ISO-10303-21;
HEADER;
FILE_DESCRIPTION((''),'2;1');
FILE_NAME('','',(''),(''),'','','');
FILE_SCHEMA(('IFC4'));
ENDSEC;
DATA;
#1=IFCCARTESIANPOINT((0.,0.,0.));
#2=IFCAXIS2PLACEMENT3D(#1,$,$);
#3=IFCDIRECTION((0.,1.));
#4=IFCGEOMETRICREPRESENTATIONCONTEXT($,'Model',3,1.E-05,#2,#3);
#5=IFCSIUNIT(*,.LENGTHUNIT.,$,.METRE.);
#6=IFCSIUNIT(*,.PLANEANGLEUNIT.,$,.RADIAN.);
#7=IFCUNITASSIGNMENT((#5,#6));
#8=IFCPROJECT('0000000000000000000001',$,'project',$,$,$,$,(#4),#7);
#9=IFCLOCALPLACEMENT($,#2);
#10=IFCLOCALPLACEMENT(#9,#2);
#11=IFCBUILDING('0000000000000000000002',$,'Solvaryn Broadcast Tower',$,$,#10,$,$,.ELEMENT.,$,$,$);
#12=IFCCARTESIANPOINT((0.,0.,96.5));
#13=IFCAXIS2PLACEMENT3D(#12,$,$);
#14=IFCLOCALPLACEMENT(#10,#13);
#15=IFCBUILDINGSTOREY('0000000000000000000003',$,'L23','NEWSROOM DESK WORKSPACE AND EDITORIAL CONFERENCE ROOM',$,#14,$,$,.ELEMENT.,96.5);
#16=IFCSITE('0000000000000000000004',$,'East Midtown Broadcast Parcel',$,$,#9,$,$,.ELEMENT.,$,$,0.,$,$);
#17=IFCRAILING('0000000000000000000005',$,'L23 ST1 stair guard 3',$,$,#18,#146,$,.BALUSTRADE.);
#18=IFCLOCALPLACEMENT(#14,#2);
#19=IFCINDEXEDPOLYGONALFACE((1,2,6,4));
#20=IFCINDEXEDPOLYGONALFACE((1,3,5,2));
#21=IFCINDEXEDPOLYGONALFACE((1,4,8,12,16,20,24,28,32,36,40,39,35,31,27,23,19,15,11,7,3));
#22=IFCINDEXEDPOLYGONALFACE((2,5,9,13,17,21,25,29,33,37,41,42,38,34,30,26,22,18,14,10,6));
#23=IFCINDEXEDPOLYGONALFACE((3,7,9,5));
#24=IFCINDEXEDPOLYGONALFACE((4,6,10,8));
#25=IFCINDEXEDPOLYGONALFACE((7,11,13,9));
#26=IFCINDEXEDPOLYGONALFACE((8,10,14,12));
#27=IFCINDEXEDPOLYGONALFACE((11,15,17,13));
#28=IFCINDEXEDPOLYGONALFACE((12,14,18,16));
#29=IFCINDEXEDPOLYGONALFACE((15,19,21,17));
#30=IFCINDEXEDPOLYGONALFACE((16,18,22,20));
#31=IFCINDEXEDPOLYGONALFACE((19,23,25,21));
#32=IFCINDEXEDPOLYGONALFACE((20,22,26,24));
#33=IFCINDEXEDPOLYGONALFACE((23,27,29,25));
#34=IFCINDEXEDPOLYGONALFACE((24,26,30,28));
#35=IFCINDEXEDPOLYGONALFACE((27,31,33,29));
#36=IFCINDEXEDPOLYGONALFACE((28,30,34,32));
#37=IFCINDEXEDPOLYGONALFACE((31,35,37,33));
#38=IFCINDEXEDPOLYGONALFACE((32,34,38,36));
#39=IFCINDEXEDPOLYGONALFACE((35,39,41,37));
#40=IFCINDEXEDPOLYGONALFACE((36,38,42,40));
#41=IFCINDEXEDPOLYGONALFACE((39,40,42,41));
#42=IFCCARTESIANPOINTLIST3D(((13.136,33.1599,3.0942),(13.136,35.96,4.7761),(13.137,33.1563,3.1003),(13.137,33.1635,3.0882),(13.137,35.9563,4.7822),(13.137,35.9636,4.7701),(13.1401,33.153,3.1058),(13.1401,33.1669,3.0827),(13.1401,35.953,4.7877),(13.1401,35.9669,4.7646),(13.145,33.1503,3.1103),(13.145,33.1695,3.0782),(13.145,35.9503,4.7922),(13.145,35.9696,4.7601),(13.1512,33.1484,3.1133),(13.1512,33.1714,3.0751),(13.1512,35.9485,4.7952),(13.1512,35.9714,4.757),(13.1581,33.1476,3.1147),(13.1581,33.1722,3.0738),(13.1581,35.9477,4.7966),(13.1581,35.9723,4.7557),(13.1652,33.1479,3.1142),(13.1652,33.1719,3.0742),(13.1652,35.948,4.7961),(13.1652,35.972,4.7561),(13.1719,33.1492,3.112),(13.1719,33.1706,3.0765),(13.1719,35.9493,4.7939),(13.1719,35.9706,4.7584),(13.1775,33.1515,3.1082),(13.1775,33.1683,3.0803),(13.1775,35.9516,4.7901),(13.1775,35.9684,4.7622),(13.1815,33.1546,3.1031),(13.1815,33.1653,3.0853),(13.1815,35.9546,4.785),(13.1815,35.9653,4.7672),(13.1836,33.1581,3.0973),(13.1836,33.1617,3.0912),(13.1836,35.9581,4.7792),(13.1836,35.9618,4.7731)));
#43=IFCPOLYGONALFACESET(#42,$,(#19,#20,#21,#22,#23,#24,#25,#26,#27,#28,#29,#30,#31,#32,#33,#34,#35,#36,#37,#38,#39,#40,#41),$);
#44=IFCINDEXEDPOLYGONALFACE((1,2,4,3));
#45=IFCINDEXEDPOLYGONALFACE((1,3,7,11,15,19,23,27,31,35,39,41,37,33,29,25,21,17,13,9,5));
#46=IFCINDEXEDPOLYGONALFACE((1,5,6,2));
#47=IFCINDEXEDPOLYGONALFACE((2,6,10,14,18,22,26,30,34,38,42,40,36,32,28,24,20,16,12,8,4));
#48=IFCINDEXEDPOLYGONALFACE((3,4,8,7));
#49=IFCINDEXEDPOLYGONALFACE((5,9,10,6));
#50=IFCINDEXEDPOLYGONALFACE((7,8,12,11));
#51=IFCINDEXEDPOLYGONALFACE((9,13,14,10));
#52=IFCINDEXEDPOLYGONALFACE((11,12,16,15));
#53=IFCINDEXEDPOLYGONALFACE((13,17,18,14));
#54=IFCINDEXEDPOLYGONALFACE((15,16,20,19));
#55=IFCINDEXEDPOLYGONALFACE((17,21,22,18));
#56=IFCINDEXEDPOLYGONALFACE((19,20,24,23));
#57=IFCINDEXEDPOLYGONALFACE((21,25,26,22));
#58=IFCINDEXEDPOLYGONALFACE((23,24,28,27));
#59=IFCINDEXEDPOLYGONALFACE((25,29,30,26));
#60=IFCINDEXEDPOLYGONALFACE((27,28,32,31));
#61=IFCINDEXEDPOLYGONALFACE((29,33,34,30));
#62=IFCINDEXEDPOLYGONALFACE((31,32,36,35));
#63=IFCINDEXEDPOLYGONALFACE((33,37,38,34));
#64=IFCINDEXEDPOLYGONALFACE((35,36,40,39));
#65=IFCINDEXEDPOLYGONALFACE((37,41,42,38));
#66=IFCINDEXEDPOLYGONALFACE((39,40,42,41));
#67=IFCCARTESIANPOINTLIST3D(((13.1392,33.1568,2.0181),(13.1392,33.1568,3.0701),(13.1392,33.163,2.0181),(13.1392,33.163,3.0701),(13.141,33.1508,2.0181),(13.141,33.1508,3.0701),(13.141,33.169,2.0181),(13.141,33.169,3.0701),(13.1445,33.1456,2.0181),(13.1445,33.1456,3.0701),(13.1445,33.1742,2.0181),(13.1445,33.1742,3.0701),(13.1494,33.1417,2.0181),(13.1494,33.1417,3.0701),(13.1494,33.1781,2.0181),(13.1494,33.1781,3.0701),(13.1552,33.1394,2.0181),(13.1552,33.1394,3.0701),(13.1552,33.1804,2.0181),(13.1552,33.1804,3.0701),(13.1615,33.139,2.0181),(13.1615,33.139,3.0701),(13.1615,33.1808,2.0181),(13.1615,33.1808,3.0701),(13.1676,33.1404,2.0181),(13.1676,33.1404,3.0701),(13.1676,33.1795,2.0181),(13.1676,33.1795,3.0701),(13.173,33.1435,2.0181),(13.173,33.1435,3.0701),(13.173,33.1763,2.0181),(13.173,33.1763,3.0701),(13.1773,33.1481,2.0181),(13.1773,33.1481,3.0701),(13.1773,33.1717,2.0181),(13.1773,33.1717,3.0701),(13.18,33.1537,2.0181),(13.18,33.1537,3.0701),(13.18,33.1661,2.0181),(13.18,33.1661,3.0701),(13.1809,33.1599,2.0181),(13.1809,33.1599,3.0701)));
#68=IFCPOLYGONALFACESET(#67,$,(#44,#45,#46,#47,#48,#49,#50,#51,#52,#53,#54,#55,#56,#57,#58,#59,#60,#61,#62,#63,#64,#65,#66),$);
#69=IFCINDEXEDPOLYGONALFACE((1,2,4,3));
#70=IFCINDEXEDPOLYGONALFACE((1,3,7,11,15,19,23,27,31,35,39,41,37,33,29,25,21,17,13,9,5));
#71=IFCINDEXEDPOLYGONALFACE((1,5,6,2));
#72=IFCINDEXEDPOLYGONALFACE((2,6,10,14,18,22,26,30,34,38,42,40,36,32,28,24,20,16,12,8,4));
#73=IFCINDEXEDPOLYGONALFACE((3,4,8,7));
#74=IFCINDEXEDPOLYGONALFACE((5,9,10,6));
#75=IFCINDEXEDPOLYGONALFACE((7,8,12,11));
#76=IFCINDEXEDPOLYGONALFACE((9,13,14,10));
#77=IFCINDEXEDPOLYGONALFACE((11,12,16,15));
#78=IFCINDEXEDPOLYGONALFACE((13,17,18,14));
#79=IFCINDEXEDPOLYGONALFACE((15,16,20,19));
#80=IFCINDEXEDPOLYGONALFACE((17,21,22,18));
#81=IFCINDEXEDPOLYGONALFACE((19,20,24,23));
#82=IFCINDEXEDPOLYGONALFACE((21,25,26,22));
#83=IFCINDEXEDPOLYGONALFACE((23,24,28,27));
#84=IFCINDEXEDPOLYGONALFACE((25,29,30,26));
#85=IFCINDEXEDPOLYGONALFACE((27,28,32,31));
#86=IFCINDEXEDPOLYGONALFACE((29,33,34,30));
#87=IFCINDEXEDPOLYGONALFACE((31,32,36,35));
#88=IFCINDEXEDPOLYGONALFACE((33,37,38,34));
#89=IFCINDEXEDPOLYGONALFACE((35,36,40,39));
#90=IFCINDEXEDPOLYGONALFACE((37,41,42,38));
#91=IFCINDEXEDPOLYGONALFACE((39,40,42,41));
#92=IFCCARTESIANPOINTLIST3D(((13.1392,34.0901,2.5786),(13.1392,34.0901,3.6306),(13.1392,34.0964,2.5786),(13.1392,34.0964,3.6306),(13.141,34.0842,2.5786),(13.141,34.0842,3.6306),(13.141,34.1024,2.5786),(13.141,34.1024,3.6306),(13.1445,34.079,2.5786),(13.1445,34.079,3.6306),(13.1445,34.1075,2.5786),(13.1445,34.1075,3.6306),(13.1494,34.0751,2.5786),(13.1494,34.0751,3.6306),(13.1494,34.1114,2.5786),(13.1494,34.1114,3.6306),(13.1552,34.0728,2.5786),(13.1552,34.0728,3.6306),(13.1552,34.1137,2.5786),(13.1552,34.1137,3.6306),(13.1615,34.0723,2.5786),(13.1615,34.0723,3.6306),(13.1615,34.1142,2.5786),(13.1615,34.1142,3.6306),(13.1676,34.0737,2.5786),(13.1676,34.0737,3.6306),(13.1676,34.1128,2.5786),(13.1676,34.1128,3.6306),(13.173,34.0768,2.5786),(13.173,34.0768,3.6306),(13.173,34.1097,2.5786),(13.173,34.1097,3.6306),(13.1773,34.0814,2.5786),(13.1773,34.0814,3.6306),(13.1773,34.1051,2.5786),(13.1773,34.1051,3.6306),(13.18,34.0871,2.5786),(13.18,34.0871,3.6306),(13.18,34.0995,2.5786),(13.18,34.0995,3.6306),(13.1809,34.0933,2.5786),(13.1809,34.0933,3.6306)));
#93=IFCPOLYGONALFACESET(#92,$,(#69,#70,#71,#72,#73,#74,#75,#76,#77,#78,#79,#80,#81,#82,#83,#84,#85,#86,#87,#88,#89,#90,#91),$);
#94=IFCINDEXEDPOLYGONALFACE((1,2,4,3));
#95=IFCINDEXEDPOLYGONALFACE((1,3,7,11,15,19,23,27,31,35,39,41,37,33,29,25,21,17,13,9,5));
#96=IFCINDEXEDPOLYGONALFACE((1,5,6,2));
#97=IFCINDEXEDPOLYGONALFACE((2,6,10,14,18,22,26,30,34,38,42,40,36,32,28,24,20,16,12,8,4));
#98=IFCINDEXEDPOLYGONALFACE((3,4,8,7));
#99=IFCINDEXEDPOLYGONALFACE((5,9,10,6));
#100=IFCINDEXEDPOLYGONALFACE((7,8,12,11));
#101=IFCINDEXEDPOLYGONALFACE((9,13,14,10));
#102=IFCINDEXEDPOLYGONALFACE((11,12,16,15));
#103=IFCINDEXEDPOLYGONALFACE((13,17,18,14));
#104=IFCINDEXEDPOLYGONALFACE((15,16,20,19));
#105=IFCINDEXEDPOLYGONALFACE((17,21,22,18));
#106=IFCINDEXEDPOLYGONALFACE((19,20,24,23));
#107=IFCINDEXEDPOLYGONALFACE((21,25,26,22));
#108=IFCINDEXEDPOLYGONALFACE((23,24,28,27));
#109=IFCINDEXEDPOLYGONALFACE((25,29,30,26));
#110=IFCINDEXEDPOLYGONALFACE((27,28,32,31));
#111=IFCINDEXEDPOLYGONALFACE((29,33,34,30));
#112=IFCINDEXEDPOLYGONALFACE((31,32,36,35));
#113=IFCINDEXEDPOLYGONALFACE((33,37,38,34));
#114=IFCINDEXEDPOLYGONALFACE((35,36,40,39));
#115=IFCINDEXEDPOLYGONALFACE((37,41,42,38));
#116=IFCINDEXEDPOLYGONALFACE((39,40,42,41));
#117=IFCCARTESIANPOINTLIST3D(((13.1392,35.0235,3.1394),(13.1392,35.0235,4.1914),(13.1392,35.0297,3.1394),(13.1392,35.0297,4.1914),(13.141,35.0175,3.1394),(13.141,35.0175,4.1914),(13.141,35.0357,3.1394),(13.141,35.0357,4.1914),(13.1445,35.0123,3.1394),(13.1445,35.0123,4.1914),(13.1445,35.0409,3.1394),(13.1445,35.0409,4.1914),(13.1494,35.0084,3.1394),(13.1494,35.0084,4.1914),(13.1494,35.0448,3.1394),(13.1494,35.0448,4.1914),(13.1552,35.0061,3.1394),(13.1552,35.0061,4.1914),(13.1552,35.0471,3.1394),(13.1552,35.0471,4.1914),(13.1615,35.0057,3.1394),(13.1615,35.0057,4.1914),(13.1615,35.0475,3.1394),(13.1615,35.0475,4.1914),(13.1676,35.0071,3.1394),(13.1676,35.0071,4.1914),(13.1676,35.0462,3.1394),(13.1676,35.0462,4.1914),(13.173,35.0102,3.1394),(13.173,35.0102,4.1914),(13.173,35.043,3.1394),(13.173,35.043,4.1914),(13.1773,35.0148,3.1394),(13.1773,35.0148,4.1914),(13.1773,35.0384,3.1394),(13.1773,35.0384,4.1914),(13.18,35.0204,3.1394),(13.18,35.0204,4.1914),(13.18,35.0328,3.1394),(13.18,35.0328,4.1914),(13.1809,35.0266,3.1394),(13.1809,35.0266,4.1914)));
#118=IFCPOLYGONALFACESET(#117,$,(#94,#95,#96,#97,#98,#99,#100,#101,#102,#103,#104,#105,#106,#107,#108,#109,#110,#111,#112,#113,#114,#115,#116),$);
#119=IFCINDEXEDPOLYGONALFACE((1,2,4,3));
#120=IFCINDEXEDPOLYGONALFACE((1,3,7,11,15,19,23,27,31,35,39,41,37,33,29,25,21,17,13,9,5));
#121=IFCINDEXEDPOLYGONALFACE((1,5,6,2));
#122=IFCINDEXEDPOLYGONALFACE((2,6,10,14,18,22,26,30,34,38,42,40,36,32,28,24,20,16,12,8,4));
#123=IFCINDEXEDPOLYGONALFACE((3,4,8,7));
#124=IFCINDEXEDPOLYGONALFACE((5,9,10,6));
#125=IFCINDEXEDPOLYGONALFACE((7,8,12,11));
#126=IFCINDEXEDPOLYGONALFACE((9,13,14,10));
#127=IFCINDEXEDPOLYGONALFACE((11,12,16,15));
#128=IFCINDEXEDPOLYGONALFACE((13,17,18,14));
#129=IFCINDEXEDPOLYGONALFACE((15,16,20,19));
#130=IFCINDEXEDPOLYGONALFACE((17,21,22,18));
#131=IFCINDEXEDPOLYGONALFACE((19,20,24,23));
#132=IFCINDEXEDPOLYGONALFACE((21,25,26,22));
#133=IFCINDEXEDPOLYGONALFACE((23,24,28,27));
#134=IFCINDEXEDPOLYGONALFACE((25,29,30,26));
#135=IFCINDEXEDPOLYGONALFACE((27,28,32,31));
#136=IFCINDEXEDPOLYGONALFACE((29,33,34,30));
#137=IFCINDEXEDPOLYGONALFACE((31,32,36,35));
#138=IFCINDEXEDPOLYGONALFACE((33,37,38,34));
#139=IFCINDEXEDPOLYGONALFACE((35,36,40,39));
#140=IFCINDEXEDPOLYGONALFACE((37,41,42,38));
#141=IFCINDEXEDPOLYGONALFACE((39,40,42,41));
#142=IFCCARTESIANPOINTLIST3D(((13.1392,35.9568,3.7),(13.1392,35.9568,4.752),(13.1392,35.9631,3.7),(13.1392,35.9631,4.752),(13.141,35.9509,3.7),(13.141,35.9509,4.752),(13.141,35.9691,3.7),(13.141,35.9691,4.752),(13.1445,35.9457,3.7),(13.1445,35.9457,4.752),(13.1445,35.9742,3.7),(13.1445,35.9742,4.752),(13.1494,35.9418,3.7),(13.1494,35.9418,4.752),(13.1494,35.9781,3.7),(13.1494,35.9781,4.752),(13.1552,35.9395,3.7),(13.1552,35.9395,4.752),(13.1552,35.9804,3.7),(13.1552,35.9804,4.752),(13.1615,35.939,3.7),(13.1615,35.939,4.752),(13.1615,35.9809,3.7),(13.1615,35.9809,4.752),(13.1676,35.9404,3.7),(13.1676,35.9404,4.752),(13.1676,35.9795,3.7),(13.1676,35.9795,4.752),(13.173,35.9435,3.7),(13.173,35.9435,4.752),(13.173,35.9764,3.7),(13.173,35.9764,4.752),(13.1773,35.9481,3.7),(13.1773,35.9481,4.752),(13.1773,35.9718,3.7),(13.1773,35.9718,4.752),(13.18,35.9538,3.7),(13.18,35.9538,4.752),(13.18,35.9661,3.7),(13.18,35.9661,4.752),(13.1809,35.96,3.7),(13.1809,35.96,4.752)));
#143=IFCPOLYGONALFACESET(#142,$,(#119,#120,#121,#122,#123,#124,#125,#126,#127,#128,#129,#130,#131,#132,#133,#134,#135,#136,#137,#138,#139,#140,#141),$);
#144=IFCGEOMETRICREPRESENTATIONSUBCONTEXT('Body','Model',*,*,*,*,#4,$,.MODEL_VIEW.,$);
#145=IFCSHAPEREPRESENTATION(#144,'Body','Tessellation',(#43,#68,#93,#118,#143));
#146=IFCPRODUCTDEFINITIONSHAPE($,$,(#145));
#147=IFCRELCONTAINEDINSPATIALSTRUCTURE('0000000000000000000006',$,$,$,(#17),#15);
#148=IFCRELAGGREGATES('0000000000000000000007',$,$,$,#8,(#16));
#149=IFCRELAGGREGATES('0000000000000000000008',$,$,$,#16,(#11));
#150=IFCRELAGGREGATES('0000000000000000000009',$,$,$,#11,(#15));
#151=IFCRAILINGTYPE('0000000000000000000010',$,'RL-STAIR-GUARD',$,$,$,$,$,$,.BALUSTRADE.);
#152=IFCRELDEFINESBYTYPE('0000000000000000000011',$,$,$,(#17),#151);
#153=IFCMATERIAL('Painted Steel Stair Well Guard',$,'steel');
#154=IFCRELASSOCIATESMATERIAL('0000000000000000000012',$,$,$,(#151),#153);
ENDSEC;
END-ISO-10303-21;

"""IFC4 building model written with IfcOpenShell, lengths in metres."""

from ifc_helpers import new_model, si_unit, direction, frame, origin, origin_2d, place, context, subcontext, project, spatial, circle, extrude, material, type_object, element, save


model = new_model("IFC4")

# Units and contexts
model_context = context("Model", 3, precision=1e-05, world=origin(), true_north=direction((0.0, 1.0)))
body_context = subcontext(model_context, "Body", "Model", "MODEL_VIEW")
ifc_project = project(units=[si_unit("LENGTHUNIT", "METRE"), si_unit("PLANEANGLEUNIT", "RADIAN")], contexts=[model_context])

# Site, building, storey
site_placement = place(None, origin())
site = spatial("IfcSite", under=ifc_project, at=site_placement, Name="East Midtown Broadcast Parcel", CompositionType="ELEMENT", RefElevation=0.0)
building_placement = place(site_placement, origin())
building = spatial("IfcBuilding", under=site, at=building_placement, Name="Solvaryn Broadcast Tower", CompositionType="ELEMENT")
storey_placement = place(building_placement, frame((0.0, 0.0, 96.5)))
storey = spatial("IfcBuildingStorey", under=building, at=storey_placement, Name="L23", Description="NEWSROOM DESK WORKSPACE AND EDITORIAL CONFERENCE ROOM", CompositionType="ELEMENT", Elevation=96.5)

# Railing
ifc_material_1 = material(Name="Painted Steel Stair Well Guard", Category="steel")
railing_type_1 = type_object("IfcRailingType", Name="RL-STAIR-GUARD", PredefinedType="BALUSTRADE", material=ifc_material_1)
railing_1_placement = place(storey_placement, frame((13.1599, 33.1599, 2.0181)))
element("IfcRailing", 1, at=railing_1_placement, inside=storey, type_object=railing_type_1, Name="L23 ST1 stair guard 3", PredefinedType="BALUSTRADE", context=body_context, shape_type="SweptSolid", body=[
    extrude(circle(Radius=0.0239, at=origin_2d()), frame((0.0, 0.0, 1.0762), z_axis=(0.0, 0.857242, 0.514913), x_axis=(-1.0, 0.0, 0.0)), (0.0, 0.0, 1.0), 3.2664),
    extrude(circle(Radius=0.021, at=origin_2d()), origin(), (0.0, 0.0, 1.0), 1.052),
    extrude(circle(Radius=0.021, at=origin_2d()), frame((0.0, 0.9333, 0.5605)), (0.0, 0.0, 1.0), 1.052),
    extrude(circle(Radius=0.021, at=origin_2d()), frame((0.0, 1.8667, 1.1213)), (0.0, 0.0, 1.0), 1.052),
    extrude(circle(Radius=0.021, at=origin_2d()), frame((0.0, 2.8, 1.6819)), (0.0, 0.0, 1.0), 1.052),
])

save(model, "model.ifc")
